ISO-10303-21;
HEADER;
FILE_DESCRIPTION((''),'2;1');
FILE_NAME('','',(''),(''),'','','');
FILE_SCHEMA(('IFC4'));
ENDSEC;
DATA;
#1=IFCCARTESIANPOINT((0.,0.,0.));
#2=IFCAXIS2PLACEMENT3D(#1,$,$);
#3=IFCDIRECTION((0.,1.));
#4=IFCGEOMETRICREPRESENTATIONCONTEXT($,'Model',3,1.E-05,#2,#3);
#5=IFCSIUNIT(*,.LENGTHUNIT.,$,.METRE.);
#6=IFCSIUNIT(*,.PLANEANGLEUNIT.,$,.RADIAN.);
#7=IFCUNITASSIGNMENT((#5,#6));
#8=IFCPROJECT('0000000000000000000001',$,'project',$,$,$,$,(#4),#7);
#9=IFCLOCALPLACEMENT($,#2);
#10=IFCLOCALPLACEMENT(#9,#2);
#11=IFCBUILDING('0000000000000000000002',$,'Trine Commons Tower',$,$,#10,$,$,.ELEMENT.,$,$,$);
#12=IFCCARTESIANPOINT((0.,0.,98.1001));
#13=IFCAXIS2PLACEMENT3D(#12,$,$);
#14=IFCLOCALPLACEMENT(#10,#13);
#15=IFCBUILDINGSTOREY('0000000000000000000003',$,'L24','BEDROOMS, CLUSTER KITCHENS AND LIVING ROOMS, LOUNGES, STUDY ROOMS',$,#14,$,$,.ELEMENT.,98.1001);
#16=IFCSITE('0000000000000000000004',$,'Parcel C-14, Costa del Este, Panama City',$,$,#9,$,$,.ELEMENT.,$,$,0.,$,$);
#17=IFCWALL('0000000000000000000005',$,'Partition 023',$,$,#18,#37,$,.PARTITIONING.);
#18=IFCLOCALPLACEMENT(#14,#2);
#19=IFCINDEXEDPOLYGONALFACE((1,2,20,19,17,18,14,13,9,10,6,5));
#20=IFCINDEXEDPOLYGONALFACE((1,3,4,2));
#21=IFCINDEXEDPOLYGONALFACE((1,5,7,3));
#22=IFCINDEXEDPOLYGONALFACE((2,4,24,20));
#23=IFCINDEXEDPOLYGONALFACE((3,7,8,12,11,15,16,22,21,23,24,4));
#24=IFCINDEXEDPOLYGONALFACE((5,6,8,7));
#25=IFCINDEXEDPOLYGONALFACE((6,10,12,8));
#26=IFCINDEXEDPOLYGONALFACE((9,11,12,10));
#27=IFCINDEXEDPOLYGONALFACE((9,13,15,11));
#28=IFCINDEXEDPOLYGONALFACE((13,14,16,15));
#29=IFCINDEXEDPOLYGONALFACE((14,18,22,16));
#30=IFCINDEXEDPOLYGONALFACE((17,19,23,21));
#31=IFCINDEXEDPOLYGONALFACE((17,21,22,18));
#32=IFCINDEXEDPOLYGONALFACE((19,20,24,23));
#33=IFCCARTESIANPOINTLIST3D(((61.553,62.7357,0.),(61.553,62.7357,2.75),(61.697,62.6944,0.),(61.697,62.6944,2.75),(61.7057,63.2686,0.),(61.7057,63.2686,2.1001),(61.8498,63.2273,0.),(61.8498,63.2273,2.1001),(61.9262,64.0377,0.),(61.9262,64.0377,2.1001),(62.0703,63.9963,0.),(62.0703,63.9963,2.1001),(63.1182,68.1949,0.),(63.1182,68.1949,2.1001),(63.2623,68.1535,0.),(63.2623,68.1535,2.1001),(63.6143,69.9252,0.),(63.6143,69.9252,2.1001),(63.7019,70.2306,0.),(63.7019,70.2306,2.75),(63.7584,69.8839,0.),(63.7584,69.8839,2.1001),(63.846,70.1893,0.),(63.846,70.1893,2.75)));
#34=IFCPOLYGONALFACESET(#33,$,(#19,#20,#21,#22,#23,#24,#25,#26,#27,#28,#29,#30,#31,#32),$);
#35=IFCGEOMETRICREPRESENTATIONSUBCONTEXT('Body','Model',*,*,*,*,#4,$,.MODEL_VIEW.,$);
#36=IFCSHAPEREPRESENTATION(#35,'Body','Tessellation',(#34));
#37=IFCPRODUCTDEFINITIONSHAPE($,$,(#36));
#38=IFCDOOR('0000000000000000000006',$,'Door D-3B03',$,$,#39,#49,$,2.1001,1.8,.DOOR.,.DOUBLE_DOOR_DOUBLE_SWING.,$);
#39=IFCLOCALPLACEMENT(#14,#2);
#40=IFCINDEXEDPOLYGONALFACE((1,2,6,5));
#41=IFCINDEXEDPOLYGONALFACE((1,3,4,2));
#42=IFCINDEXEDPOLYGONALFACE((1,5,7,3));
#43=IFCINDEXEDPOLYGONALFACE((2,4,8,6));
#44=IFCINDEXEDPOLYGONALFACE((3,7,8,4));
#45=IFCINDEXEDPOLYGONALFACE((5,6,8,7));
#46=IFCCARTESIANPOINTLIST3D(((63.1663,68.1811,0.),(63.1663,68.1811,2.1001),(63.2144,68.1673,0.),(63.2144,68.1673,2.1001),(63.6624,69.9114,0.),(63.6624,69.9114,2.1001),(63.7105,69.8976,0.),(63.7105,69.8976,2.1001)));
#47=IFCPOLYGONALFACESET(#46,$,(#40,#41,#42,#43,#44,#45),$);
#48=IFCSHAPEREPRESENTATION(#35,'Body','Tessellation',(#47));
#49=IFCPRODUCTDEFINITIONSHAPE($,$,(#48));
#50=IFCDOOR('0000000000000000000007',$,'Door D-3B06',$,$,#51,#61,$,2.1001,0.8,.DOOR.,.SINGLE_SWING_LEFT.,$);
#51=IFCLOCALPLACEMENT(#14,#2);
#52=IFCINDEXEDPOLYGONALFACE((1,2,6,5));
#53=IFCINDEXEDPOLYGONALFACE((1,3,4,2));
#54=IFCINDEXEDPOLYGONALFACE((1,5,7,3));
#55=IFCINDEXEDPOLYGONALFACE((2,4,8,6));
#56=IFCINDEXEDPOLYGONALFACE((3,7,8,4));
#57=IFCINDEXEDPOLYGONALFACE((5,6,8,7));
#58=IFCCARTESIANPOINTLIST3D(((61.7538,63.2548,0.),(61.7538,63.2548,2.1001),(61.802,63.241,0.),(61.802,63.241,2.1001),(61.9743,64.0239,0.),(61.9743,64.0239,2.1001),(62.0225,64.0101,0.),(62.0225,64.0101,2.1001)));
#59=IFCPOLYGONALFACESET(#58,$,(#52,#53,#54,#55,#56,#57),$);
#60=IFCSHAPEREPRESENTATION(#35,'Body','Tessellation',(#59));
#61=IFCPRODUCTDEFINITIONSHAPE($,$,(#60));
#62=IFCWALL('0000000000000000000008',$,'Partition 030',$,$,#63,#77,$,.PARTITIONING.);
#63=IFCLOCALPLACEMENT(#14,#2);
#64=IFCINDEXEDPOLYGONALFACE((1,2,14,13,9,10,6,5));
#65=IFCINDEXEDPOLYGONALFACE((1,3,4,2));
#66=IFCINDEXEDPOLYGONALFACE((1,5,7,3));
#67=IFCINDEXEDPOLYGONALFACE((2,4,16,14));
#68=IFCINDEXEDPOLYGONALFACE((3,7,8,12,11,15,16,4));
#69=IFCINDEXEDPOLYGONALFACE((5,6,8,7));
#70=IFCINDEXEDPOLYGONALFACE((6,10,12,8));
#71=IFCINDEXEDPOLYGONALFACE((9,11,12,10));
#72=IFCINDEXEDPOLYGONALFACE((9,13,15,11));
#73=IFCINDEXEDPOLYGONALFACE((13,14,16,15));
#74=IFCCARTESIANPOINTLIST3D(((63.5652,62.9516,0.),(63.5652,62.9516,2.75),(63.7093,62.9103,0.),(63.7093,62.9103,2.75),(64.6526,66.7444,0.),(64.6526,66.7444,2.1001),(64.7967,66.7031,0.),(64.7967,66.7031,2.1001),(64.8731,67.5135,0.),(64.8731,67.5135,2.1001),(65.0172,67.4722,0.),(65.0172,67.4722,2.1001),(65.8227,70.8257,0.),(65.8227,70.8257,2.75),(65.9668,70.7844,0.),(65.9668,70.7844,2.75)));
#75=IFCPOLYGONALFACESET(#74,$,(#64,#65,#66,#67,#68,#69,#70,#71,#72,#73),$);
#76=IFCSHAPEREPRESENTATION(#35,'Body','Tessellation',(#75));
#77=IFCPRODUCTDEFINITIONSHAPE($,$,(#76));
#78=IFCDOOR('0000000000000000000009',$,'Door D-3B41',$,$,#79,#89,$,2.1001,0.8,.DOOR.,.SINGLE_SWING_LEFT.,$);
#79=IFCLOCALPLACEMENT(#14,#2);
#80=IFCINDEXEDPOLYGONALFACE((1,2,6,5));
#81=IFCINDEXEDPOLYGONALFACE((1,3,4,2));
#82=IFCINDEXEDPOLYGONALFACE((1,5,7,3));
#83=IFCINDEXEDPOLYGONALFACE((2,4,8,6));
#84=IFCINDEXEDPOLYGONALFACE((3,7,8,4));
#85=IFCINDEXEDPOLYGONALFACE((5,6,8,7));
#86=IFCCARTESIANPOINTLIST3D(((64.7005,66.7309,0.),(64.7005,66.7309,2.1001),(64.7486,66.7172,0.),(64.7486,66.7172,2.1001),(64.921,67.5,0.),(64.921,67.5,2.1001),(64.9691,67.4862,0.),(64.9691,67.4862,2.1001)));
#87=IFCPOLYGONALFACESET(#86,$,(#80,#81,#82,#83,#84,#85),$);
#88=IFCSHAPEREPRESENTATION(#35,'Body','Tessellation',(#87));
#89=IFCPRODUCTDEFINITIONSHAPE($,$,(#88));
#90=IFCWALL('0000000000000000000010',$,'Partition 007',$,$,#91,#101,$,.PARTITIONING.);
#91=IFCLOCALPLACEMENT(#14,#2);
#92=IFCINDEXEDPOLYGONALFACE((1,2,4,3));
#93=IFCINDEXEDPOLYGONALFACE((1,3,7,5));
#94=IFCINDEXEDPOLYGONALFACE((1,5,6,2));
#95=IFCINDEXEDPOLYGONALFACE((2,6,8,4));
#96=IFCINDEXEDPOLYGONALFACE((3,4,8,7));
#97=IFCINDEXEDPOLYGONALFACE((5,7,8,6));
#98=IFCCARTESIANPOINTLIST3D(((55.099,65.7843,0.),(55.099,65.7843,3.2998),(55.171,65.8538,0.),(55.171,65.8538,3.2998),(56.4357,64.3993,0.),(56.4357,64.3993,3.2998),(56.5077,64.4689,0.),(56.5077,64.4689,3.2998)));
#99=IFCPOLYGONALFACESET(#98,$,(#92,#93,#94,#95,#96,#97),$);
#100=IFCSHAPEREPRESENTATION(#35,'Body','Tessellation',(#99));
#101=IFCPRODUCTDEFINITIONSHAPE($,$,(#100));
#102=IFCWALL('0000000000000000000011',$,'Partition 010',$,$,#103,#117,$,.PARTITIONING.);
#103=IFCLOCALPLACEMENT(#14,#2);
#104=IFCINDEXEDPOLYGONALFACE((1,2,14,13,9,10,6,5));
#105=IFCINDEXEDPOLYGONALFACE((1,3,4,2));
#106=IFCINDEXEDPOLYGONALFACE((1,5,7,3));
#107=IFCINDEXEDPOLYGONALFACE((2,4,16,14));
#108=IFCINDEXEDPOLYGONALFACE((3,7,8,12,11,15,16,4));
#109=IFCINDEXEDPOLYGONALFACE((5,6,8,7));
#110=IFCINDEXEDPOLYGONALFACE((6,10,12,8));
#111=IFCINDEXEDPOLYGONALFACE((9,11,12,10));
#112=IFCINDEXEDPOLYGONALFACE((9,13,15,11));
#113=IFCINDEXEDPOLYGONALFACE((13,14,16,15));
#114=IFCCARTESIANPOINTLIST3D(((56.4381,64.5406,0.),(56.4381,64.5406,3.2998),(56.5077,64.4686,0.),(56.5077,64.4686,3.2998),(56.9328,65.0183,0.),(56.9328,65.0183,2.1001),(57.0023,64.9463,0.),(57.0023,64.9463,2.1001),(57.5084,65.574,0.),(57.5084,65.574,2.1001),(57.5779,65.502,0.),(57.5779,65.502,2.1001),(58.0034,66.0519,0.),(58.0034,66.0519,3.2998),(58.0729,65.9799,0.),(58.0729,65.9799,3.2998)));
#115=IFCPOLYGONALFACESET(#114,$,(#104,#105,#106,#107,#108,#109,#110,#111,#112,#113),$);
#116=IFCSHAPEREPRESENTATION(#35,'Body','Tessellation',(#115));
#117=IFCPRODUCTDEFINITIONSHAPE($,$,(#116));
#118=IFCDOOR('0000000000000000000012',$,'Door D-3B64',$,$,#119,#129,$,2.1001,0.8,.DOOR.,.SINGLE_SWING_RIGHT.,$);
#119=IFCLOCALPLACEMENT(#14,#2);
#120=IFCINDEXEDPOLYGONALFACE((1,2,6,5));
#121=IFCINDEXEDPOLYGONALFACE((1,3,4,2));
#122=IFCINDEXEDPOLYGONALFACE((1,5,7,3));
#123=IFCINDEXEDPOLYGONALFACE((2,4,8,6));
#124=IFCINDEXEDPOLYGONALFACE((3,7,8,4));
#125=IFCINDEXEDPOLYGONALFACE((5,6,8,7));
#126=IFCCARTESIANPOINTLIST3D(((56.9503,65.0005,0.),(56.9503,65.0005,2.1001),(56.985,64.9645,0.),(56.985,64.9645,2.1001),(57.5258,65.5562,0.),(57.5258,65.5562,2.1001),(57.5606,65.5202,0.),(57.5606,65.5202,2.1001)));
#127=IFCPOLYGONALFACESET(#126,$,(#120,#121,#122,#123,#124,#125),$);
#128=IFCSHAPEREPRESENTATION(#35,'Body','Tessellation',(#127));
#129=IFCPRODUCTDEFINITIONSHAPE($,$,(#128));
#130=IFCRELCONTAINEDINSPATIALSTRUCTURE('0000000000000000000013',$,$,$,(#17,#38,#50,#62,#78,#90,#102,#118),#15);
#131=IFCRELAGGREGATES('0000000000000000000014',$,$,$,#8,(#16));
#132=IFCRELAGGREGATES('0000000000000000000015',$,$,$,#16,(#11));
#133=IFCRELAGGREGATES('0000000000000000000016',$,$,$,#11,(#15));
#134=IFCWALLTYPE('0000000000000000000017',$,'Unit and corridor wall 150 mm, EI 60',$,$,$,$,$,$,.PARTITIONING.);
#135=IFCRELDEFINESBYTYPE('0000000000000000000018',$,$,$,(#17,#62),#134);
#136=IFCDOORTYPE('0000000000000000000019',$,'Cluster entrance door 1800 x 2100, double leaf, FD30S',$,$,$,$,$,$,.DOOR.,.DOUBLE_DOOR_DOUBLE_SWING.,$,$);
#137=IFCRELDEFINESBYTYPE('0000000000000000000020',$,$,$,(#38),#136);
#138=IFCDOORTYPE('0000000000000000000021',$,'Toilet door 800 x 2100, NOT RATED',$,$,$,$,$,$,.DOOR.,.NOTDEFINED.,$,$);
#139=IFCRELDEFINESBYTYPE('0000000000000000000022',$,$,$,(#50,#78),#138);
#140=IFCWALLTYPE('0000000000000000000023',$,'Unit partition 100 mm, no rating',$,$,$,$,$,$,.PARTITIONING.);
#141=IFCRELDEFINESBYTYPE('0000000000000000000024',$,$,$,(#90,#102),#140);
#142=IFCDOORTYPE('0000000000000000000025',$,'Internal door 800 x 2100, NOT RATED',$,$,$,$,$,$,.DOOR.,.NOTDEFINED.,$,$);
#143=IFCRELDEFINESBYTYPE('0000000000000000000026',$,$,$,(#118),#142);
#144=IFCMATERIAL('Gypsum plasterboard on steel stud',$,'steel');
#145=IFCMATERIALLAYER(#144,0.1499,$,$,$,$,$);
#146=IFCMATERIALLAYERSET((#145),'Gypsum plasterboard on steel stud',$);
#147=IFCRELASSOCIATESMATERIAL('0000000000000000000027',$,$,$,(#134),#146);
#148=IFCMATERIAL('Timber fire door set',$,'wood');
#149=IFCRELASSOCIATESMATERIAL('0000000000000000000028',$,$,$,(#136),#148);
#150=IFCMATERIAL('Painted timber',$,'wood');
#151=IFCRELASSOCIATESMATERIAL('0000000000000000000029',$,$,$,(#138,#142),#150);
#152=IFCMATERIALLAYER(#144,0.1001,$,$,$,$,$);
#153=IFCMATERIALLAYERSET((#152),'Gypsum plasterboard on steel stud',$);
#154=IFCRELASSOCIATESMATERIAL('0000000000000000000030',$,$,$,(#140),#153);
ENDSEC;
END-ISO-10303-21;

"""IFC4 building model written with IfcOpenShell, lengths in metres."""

from ifc_helpers import new_model, si_unit, direction, frame, frame_2d, origin, place, context, subcontext, project, spatial, rectangle, extrude, material, layer, layer_set, type_object, element, fill, save


model = new_model("IFC4")

# Units and contexts
model_context = context("Model", 3, precision=1e-05, world=origin(), true_north=direction((0.0, 1.0)))
body_context = subcontext(model_context, "Body", "Model", "MODEL_VIEW")
ifc_project = project(units=[si_unit("LENGTHUNIT", "METRE"), si_unit("PLANEANGLEUNIT", "RADIAN")], contexts=[model_context])

# Site, building, storey
site_placement = place(None, origin())
site = spatial("IfcSite", under=ifc_project, at=site_placement, Name="Parcel C-14, Costa del Este, Panama City", CompositionType="ELEMENT", RefElevation=0.0)
building_placement = place(site_placement, origin())
building = spatial("IfcBuilding", under=site, at=building_placement, Name="Trine Commons Tower", CompositionType="ELEMENT")
storey_placement = place(building_placement, frame((0.0, 0.0, 98.1001)))
storey = spatial("IfcBuildingStorey", under=building, at=storey_placement, Name="L24", Description="BEDROOMS, CLUSTER KITCHENS AND LIVING ROOMS, LOUNGES, STUDY ROOMS", CompositionType="ELEMENT", Elevation=98.1001)

# Shared definitions
ifc_material_1 = material(Name="Gypsum plasterboard on steel stud", Category="steel")
ifc_layer_1 = layer(ifc_material_1, 0.1499)
ifc_layer_set_1 = layer_set([ifc_layer_1], Name="Gypsum plasterboard on steel stud")
wall_type_1 = type_object("IfcWallType", Name="Unit and corridor wall 150 mm, EI 60", PredefinedType="PARTITIONING", material=ifc_layer_set_1)
ifc_material_2 = material(Name="Painted timber", Category="wood")
ifc_material_3 = material(Name="Timber fire door set", Category="wood")

# Wall, openings, doors
wall_1_placement = place(storey_placement, frame((61.625, 62.7151, 0.0), z_axis=(0.0, 0.0, 1.0), x_axis=(0.275614, 0.961268, 0.0)))
wall_1 = element("IfcWall", 1, at=wall_1_placement, inside=storey, type_object=wall_type_1, Name="Partition 023", PredefinedType="PARTITIONING", context=body_context, shape_type="SweptSolid", body=[
    extrude(rectangle(XDim=7.7969, YDim=0.1499, at=frame_2d((3.8984, 0.0))), origin(), (0.0, 0.0, 1.0), 2.75),
])
opening_1_placement = place(wall_1_placement, frame((5.6792, 0.0, 0.0)))
opening_1 = element("IfcOpeningElement", 2, at=opening_1_placement, cuts=wall_1, PredefinedType="OPENING", context=body_context, shape_type="SweptSolid", body=[
    extrude(rectangle(XDim=1.8, YDim=2.1001, at=frame_2d((0.8999, 1.05))), frame((0.0, 0.085, 0.0), z_axis=(0.0, -1.0, 0.0), x_axis=(1.0, 0.0, 0.0)), (0.0, 0.0, 1.0), 0.1699),
])
opening_2_placement = place(wall_1_placement, frame((0.5544, 0.0, 0.0)))
opening_2 = element("IfcOpeningElement", 3, at=opening_2_placement, cuts=wall_1, PredefinedType="OPENING", context=body_context, shape_type="SweptSolid", body=[
    extrude(rectangle(XDim=0.8, YDim=2.1001, at=frame_2d((0.3999, 1.05))), frame((0.0, 0.085, 0.0), z_axis=(0.0, -1.0, 0.0), x_axis=(1.0, 0.0, 0.0)), (0.0, 0.0, 1.0), 0.1699),
])
door_type_1 = type_object("IfcDoorType", Name="Cluster entrance door 1800 x 2100, double leaf, FD30S", OperationType="DOUBLE_DOOR_DOUBLE_SWING", PredefinedType="DOOR", material=ifc_material_3)
door_1_placement = place(opening_1_placement, origin())
door_1 = element("IfcDoor", 4, at=door_1_placement, inside=storey, type_object=door_type_1, Name="Door D-3B03", OperationType="DOUBLE_DOOR_DOUBLE_SWING", OverallHeight=2.1001, OverallWidth=1.8, PredefinedType="DOOR", context=body_context, shape_type="SweptSolid", body=[
    extrude(rectangle(XDim=1.8, YDim=2.1001, at=frame_2d((0.8999, 1.05))), frame((0.0, 0.0249, 0.0), z_axis=(0.0, -1.0, 0.0), x_axis=(1.0, 0.0, 0.0)), (0.0, 0.0, 1.0), 0.05),
])
fill(opening_1, door_1)
door_type_2 = type_object("IfcDoorType", Name="Toilet door 800 x 2100, NOT RATED", OperationType="NOTDEFINED", PredefinedType="DOOR", material=ifc_material_2)
door_2_placement = place(opening_2_placement, origin())
door_2 = element("IfcDoor", 5, at=door_2_placement, inside=storey, type_object=door_type_2, Name="Door D-3B06", OperationType="SINGLE_SWING_LEFT", OverallHeight=2.1001, OverallWidth=0.8, PredefinedType="DOOR", context=body_context, shape_type="SweptSolid", body=[
    extrude(rectangle(XDim=0.8, YDim=2.1001, at=frame_2d((0.3999, 1.05))), frame((0.0, 0.0249, 0.0), z_axis=(0.0, -1.0, 0.0), x_axis=(1.0, 0.0, 0.0)), (0.0, 0.0, 1.0), 0.05),
])
fill(opening_2, door_2)

# Wall, opening, door
wall_2_placement = place(storey_placement, frame((63.6372, 62.9309, 0.0), z_axis=(0.0, 0.0, 1.0), x_axis=(0.275599, 0.961273, 0.0)))
wall_2 = element("IfcWall", 6, at=wall_2_placement, inside=storey, type_object=wall_type_1, Name="Partition 030", PredefinedType="PARTITIONING", context=body_context, shape_type="SweptSolid", body=[
    extrude(rectangle(XDim=8.1914, YDim=0.1499, at=frame_2d((4.0957, 0.0))), origin(), (0.0, 0.0, 1.0), 2.75),
])
opening_3_placement = place(wall_2_placement, frame((3.9458, 0.0, 0.0)))
opening_3 = element("IfcOpeningElement", 7, at=opening_3_placement, cuts=wall_2, PredefinedType="OPENING", context=body_context, shape_type="SweptSolid", body=[
    extrude(rectangle(XDim=0.8, YDim=2.1001, at=frame_2d((0.3999, 1.05))), frame((0.0, 0.085, 0.0), z_axis=(0.0, -1.0, 0.0), x_axis=(1.0, 0.0, 0.0)), (0.0, 0.0, 1.0), 0.1699),
])
door_3_placement = place(opening_3_placement, frame((0.8, 0.0, 0.0), z_axis=(0.0, 0.0, 1.0), x_axis=(-1.0, 0.0, 0.0)))
door_3 = element("IfcDoor", 8, at=door_3_placement, inside=storey, type_object=door_type_2, Name="Door D-3B41", OperationType="SINGLE_SWING_LEFT", OverallHeight=2.1001, OverallWidth=0.8, PredefinedType="DOOR", context=body_context, shape_type="SweptSolid", body=[
    extrude(rectangle(XDim=0.8, YDim=2.1001, at=frame_2d((0.3999, 1.05))), frame((0.0, 0.0249, 0.0), z_axis=(0.0, -1.0, 0.0), x_axis=(1.0, 0.0, 0.0)), (0.0, 0.0, 1.0), 0.05),
])
fill(opening_3, door_3)

# Wall
ifc_layer_2 = layer(ifc_material_1, 0.1001)
ifc_layer_set_2 = layer_set([ifc_layer_2], Name="Gypsum plasterboard on steel stud")
wall_type_2 = type_object("IfcWallType", Name="Unit partition 100 mm, no rating", PredefinedType="PARTITIONING", material=ifc_layer_set_2)
wall_3_placement = place(storey_placement, frame((55.135, 65.8191, 0.0), z_axis=(0.0, 0.0, 1.0), x_axis=(0.694438, -0.719552, 0.0)))
element("IfcWall", 9, at=wall_3_placement, inside=storey, type_object=wall_type_2, Name="Partition 007", PredefinedType="PARTITIONING", context=body_context, shape_type="SweptSolid", body=[
    extrude(rectangle(XDim=1.9248, YDim=0.1001, at=frame_2d((0.9624, 0.0))), origin(), (0.0, 0.0, 1.0), 3.2998),
])

# Wall, opening, door
wall_4_placement = place(storey_placement, frame((56.4729, 64.5046, 0.0), z_axis=(0.0, 0.0, 1.0), x_axis=(0.719398, 0.694599, 0.0)))
wall_4 = element("IfcWall", 10, at=wall_4_placement, inside=storey, type_object=wall_type_2, Name="Partition 010", PredefinedType="PARTITIONING", context=body_context, shape_type="SweptSolid", body=[
    extrude(rectangle(XDim=2.1758, YDim=0.1001, at=frame_2d((1.0879, 0.0))), origin(), (0.0, 0.0, 1.0), 3.2998),
])
opening_4_placement = place(wall_4_placement, frame((0.6877, 0.0, 0.0)))
opening_4 = element("IfcOpeningElement", 11, at=opening_4_placement, cuts=wall_4, PredefinedType="OPENING", context=body_context, shape_type="SweptSolid", body=[
    extrude(rectangle(XDim=0.8, YDim=2.1001, at=frame_2d((0.3999, 1.05))), frame((0.0, 0.0601, 0.0), z_axis=(0.0, -1.0, 0.0), x_axis=(1.0, 0.0, 0.0)), (0.0, 0.0, 1.0), 0.1201),
])
door_type_3 = type_object("IfcDoorType", Name="Internal door 800 x 2100, NOT RATED", OperationType="NOTDEFINED", PredefinedType="DOOR", material=ifc_material_2)
door_4_placement = place(opening_4_placement, frame((0.8, 0.0, 0.0), z_axis=(0.0, 0.0, 1.0), x_axis=(-1.0, 0.0, 0.0)))
door_4 = element("IfcDoor", 12, at=door_4_placement, inside=storey, type_object=door_type_3, Name="Door D-3B64", OperationType="SINGLE_SWING_RIGHT", OverallHeight=2.1001, OverallWidth=0.8, PredefinedType="DOOR", context=body_context, shape_type="SweptSolid", body=[
    extrude(rectangle(XDim=0.8, YDim=2.1001, at=frame_2d((0.3999, 1.05))), frame((0.0, 0.0249, 0.0), z_axis=(0.0, -1.0, 0.0), x_axis=(1.0, 0.0, 0.0)), (0.0, 0.0, 1.0), 0.05),
])
fill(opening_4, door_4)

save(model, "model.ifc")
